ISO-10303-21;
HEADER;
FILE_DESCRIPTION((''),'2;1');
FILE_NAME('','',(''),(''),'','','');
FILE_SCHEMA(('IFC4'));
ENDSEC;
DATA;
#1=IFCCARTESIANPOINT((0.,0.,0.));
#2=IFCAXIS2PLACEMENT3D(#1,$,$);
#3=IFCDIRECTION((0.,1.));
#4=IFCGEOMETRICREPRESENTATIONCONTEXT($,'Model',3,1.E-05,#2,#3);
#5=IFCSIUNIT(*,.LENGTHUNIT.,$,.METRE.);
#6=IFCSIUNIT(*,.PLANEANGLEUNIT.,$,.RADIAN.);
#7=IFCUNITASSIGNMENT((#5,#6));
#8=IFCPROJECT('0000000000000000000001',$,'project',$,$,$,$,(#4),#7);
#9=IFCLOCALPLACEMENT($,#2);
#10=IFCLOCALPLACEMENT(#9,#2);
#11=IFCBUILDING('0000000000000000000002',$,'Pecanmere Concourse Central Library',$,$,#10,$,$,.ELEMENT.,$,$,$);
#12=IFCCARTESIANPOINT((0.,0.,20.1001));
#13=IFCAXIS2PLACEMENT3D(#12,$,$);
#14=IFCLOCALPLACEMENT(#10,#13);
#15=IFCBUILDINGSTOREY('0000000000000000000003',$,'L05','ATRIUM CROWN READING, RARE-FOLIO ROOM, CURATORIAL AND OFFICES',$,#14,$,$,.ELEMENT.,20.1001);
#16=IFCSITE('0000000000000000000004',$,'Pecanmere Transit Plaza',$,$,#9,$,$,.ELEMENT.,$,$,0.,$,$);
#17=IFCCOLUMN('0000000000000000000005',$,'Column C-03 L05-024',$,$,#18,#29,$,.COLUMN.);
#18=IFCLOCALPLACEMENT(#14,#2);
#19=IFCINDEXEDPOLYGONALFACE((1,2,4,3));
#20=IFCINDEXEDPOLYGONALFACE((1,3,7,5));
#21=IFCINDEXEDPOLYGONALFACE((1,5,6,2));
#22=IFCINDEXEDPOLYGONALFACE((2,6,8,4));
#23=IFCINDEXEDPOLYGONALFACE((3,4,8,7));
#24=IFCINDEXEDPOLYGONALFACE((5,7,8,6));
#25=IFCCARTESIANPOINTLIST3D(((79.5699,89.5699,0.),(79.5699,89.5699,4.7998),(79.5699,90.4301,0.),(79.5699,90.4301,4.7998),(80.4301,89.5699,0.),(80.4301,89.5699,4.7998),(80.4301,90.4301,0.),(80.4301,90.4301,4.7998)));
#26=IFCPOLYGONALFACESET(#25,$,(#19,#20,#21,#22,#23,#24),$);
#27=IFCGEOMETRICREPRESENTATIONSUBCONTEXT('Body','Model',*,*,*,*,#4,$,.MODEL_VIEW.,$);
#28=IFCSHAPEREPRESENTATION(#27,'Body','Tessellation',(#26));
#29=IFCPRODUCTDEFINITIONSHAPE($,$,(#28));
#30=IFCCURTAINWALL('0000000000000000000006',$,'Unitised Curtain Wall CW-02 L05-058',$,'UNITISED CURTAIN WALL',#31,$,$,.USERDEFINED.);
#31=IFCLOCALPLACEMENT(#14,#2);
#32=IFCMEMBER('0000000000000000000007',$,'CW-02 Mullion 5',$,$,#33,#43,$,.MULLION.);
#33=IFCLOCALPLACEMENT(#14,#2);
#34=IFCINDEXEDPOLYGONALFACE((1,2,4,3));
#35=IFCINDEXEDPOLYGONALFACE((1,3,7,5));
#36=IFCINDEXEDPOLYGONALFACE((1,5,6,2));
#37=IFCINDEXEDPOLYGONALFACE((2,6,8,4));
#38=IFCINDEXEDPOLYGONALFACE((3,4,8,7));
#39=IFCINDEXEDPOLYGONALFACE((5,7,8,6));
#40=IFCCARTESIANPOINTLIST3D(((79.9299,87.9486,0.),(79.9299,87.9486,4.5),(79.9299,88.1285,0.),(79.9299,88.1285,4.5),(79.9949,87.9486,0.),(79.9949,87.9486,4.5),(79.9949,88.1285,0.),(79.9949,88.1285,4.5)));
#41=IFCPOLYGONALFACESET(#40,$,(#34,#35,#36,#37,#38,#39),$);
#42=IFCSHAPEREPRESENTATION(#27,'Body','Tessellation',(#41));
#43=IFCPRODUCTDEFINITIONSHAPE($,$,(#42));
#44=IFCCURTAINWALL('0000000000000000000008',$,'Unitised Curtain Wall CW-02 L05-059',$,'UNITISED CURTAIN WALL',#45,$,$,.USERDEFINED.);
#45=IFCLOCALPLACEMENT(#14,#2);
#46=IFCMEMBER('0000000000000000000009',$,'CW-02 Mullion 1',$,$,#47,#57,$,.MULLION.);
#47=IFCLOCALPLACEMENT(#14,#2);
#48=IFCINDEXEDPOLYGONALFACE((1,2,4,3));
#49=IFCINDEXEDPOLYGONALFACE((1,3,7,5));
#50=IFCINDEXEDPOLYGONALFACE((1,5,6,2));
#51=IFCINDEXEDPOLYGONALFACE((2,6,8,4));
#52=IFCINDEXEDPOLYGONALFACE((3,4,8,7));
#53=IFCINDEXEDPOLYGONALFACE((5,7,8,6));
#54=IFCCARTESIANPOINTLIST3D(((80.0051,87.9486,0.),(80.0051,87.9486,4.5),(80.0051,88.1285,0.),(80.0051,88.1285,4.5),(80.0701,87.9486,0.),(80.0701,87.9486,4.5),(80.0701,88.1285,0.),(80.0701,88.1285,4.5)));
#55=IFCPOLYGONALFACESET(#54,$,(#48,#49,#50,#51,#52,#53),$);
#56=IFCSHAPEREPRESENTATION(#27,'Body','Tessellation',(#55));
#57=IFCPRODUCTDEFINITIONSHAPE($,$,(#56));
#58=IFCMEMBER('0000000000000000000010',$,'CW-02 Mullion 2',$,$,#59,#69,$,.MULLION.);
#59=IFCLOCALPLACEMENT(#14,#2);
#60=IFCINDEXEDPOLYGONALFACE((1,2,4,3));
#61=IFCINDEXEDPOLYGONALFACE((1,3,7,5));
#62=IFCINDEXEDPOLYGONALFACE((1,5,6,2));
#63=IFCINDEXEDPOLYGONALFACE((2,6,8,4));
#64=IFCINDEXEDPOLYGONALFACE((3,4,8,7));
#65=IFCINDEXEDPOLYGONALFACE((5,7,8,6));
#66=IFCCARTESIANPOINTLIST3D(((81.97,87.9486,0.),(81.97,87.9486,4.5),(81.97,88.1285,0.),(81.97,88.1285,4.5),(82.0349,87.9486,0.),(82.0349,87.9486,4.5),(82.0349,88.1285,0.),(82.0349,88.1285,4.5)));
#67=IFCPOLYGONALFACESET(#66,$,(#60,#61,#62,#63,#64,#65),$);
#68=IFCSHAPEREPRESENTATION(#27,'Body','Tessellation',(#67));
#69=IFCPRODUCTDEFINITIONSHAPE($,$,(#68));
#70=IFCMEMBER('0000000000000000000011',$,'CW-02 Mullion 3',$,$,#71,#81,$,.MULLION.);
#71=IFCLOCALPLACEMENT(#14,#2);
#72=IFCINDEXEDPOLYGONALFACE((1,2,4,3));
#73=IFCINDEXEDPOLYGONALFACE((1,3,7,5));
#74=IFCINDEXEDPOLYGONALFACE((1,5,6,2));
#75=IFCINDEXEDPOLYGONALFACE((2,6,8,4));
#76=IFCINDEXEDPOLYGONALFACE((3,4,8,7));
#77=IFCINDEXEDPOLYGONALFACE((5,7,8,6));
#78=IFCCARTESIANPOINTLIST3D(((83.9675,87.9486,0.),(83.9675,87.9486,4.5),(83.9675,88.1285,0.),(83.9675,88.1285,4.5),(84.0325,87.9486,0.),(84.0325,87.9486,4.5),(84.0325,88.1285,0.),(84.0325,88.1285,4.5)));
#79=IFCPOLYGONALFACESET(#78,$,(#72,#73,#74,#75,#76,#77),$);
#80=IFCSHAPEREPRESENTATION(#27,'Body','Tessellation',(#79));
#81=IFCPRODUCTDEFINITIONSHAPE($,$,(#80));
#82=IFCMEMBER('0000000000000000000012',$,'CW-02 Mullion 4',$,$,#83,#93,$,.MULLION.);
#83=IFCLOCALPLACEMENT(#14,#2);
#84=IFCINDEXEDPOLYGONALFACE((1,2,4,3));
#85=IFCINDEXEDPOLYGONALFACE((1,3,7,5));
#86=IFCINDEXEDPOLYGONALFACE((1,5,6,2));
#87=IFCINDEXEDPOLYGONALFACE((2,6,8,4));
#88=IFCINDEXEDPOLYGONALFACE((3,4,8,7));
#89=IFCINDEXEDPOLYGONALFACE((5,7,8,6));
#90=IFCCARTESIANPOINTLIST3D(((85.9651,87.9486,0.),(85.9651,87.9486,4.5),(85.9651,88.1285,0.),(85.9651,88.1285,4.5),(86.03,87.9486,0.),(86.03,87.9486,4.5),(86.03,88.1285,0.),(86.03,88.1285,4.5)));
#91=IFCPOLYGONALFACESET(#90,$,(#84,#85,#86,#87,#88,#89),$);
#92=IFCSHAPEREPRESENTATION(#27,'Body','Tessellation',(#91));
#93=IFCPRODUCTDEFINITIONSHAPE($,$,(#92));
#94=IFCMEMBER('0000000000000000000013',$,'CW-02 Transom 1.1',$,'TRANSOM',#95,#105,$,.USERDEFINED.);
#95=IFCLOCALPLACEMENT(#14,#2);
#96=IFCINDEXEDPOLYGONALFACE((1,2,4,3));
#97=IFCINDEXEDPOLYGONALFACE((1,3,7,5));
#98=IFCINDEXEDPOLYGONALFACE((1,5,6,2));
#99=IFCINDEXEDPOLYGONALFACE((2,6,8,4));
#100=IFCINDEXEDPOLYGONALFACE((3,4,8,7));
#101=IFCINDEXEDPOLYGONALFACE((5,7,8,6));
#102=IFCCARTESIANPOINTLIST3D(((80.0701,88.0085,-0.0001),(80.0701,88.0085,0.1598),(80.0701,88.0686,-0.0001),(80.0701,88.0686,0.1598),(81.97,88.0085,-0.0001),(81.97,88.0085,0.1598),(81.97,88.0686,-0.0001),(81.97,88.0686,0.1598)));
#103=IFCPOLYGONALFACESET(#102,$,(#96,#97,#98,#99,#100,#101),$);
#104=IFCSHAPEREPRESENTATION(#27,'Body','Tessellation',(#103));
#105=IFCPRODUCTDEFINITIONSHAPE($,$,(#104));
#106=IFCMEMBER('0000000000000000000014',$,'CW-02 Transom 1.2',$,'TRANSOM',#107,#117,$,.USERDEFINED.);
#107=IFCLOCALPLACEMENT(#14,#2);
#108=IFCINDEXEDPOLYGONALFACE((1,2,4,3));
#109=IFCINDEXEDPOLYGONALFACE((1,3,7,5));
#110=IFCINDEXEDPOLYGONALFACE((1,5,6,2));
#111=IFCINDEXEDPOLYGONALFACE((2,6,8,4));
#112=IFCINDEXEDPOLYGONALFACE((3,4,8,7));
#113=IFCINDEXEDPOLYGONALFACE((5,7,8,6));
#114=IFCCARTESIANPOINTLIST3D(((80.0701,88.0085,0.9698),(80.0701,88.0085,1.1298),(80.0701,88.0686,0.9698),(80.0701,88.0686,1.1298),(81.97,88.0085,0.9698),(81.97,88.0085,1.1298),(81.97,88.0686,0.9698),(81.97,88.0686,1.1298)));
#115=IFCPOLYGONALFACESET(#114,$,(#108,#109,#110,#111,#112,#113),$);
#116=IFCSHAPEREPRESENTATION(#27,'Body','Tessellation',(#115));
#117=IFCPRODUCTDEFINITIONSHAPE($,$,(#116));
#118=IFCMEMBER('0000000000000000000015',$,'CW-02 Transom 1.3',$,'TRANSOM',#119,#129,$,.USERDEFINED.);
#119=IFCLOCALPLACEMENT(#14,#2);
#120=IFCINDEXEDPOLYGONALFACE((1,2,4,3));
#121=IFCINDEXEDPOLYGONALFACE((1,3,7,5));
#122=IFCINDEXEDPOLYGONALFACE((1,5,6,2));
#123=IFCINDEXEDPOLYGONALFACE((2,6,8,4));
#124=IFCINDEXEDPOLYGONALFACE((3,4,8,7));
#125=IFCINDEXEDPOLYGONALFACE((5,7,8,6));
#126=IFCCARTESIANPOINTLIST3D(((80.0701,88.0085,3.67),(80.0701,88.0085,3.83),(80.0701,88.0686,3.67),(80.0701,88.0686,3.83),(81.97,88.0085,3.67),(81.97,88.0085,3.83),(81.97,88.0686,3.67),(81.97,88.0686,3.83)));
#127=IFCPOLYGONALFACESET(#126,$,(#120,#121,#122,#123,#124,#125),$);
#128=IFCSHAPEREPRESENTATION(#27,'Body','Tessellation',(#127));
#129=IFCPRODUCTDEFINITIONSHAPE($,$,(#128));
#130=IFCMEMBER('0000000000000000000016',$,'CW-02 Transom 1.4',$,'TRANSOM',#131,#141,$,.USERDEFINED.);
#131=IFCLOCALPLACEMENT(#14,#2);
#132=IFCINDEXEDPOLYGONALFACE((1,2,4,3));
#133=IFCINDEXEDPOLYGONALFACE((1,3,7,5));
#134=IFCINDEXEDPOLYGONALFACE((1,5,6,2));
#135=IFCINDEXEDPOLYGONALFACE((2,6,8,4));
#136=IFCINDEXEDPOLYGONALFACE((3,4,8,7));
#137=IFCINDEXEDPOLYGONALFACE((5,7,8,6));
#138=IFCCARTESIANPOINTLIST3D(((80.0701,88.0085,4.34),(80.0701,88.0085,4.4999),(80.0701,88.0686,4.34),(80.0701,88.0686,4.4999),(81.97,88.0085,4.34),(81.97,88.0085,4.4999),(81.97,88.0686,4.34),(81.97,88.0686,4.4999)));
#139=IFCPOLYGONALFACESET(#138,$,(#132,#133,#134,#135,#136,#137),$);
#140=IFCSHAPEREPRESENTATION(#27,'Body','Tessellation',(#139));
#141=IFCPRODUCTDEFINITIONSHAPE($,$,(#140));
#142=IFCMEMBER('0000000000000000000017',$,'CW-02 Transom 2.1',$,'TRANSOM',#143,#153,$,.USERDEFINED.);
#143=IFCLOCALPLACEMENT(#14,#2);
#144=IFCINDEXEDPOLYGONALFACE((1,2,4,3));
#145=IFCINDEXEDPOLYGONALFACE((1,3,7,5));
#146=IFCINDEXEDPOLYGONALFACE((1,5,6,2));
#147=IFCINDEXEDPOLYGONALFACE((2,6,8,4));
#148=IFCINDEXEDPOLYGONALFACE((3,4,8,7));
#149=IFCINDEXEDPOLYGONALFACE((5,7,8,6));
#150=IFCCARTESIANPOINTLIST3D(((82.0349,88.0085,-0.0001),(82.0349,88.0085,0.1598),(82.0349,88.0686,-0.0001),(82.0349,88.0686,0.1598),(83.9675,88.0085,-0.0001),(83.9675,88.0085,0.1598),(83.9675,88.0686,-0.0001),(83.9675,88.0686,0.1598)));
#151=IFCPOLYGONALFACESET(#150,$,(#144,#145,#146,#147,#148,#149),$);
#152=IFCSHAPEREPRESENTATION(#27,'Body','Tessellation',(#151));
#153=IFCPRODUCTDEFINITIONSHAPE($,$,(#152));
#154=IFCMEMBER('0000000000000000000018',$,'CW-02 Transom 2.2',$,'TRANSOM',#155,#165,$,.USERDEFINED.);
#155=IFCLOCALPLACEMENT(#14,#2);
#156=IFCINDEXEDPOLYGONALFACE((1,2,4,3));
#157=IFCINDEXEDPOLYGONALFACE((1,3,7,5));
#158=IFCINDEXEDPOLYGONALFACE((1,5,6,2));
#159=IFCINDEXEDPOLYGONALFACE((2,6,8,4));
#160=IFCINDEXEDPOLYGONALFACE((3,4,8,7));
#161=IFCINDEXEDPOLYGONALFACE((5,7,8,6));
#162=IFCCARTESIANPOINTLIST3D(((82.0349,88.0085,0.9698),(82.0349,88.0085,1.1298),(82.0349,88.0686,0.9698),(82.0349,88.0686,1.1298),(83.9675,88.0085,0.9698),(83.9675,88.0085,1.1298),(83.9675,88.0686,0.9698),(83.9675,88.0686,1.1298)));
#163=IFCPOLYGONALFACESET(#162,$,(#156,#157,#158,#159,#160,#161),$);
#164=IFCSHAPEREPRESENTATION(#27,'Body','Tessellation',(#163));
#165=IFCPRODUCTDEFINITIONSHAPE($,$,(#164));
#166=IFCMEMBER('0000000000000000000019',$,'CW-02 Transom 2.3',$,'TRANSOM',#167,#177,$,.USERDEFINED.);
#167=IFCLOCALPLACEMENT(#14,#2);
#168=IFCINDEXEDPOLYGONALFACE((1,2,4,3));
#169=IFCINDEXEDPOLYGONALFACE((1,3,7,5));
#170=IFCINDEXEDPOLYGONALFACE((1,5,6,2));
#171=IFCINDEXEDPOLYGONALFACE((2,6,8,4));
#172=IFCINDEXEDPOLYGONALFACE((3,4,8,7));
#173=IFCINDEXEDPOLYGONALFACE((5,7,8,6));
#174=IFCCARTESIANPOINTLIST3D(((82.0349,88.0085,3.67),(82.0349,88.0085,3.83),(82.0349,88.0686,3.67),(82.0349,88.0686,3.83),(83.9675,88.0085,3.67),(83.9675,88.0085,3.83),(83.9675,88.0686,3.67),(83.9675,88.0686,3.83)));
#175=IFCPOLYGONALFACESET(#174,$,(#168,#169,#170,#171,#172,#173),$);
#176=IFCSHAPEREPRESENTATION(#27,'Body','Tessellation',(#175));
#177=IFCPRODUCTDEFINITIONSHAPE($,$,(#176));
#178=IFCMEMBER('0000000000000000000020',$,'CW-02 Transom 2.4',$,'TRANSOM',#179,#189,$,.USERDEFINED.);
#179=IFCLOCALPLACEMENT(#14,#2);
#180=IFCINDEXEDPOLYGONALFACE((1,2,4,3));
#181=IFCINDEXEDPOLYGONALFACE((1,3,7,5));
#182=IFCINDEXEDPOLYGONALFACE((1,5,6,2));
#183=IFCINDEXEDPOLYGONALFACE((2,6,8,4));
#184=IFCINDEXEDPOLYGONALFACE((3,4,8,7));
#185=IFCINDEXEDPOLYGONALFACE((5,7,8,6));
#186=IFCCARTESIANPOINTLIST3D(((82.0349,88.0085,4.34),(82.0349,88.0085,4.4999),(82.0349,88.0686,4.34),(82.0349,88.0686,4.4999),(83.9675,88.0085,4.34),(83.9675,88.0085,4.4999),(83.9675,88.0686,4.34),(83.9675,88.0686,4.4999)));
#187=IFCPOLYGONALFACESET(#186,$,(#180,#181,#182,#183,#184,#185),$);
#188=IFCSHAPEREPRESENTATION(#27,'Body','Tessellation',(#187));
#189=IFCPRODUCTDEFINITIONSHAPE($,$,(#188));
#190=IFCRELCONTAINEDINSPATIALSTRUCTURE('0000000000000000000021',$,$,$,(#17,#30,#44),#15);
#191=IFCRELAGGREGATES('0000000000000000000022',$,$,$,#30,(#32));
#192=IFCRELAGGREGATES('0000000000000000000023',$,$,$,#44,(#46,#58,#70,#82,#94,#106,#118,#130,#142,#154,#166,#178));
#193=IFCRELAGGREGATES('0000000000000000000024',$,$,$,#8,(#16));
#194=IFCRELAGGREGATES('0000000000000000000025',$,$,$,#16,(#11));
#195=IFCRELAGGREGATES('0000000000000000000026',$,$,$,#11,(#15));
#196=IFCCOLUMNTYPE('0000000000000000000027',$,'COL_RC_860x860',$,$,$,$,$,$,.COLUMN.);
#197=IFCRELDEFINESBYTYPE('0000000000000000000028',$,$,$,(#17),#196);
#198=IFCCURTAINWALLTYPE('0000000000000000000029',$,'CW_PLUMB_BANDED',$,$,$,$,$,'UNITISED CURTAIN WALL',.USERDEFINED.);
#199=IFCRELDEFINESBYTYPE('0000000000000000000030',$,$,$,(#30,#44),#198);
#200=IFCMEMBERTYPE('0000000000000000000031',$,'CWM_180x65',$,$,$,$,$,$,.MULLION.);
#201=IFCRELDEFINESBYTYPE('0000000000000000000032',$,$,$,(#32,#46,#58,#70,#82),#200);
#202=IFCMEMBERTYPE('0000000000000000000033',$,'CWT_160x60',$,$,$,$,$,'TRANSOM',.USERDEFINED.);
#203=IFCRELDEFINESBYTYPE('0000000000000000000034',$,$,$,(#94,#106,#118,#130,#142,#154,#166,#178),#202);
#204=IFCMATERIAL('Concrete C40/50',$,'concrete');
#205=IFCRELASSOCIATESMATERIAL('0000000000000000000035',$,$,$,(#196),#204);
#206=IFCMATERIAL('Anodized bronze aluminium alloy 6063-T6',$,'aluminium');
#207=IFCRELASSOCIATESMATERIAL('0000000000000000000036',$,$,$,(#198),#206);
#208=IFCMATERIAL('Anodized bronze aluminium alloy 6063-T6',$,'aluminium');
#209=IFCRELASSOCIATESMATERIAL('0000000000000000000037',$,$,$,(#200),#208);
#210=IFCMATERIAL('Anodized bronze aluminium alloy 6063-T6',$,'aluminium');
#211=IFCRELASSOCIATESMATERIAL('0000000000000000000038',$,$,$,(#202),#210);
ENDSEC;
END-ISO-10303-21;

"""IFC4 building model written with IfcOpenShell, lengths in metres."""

from ifc_helpers import new_model, si_unit, direction, frame, origin, origin_2d, place, context, subcontext, project, spatial, rectangle, extrude, material, material_profile, profile_set, type_object, element, aggregate, save


model = new_model("IFC4")

# Units and contexts
model_context = context("Model", 3, precision=1e-05, world=origin(), true_north=direction((0.0, 1.0)))
body_context = subcontext(model_context, "Body", "Model", "MODEL_VIEW")
ifc_project = project(units=[si_unit("LENGTHUNIT", "METRE"), si_unit("PLANEANGLEUNIT", "RADIAN")], contexts=[model_context])

# Site, building, storey
site_placement = place(None, origin())
site = spatial("IfcSite", under=ifc_project, at=site_placement, Name="Pecanmere Transit Plaza", CompositionType="ELEMENT", RefElevation=0.0)
building_placement = place(site_placement, origin())
building = spatial("IfcBuilding", under=site, at=building_placement, Name="Pecanmere Concourse Central Library", CompositionType="ELEMENT")
storey_placement = place(building_placement, frame((0.0, 0.0, 20.1001)))
storey = spatial("IfcBuildingStorey", under=building, at=storey_placement, Name="L05", Description="ATRIUM CROWN READING, RARE-FOLIO ROOM, CURATORIAL AND OFFICES", CompositionType="ELEMENT", Elevation=20.1001)

# Column
ifc_material_1 = material(Name="Concrete C40/50", Category="concrete")
ifc_material_profile_1 = material_profile(ifc_material_1, rectangle(XDim=0.8601, YDim=0.8601, at=origin_2d()), Name="RC 860x860")
ifc_profile_set_1 = profile_set([ifc_material_profile_1], Name="Concrete C40/50")
column_type = type_object("IfcColumnType", Name="COL_RC_860x860", PredefinedType="COLUMN", material=ifc_profile_set_1)
column_placement = place(storey_placement, frame((80.0, 90.0, 0.0), z_axis=(0.0, 0.0, 1.0), x_axis=(1.0, 0.0, 0.0)))
element("IfcColumn", 1, at=column_placement, inside=storey, type_object=column_type, Name="Column C-03 L05-024", PredefinedType="COLUMN", context=body_context, shape_type="SweptSolid", body=[
    extrude(rectangle(XDim=0.8601, YDim=0.8601, at=origin_2d()), origin(), (0.0, 0.0, 1.0), 4.7998),
])

# Curtain wall, member
ifc_material_2 = material(Name="Anodized bronze aluminium alloy 6063-T6", Category="aluminium")
curtain_wall_type = type_object("IfcCurtainWallType", Name="CW_PLUMB_BANDED", ElementType="UNITISED CURTAIN WALL", PredefinedType="USERDEFINED", material=ifc_material_2)
curtain_wall_1_placement = place(storey_placement, origin())
curtain_wall_1 = element("IfcCurtainWall", 2, at=curtain_wall_1_placement, inside=storey, type_object=curtain_wall_type, Name="Unitised Curtain Wall CW-02 L05-058", ObjectType="UNITISED CURTAIN WALL", PredefinedType="USERDEFINED")
ifc_material_3 = material(Name="Anodized bronze aluminium alloy 6063-T6", Category="aluminium")
ifc_material_profile_2 = material_profile(ifc_material_3, rectangle(XDim=0.0649, YDim=0.1799, at=origin_2d()), Name="AL 65x180")
ifc_profile_set_2 = profile_set([ifc_material_profile_2], Name="Anodized bronze aluminium alloy 6063-T6")
member_type_1 = type_object("IfcMemberType", Name="CWM_180x65", PredefinedType="MULLION", material=ifc_profile_set_2)
member_1_placement = place(storey_placement, frame((79.9624, 88.0386, 0.0), z_axis=(0.0, 0.0, 1.0), x_axis=(1.0, 0.0, 0.0)))
member_1 = element("IfcMember", 3, at=member_1_placement, type_object=member_type_1, Name="CW-02 Mullion 5", PredefinedType="MULLION", context=body_context, shape_type="SweptSolid", body=[
    extrude(rectangle(XDim=0.0649, YDim=0.1799, at=origin_2d()), origin(), (0.0, 0.0, 1.0), 4.5),
])
aggregate(curtain_wall_1, [member_1])

# Curtain wall, members
curtain_wall_2_placement = place(storey_placement, origin())
curtain_wall_2 = element("IfcCurtainWall", 4, at=curtain_wall_2_placement, inside=storey, type_object=curtain_wall_type, Name="Unitised Curtain Wall CW-02 L05-059", ObjectType="UNITISED CURTAIN WALL", PredefinedType="USERDEFINED")
member_2_placement = place(storey_placement, frame((80.0376, 88.0386, 0.0), z_axis=(0.0, 0.0, 1.0), x_axis=(1.0, 0.0, 0.0)))
member_2 = element("IfcMember", 5, at=member_2_placement, type_object=member_type_1, Name="CW-02 Mullion 1", PredefinedType="MULLION", context=body_context, shape_type="SweptSolid", body=[
    extrude(rectangle(XDim=0.0649, YDim=0.1799, at=origin_2d()), origin(), (0.0, 0.0, 1.0), 4.5),
])
member_3_placement = place(storey_placement, frame((82.0024, 88.0386, 0.0), z_axis=(0.0, 0.0, 1.0), x_axis=(1.0, 0.0, 0.0)))
member_3 = element("IfcMember", 6, at=member_3_placement, type_object=member_type_1, Name="CW-02 Mullion 2", PredefinedType="MULLION", context=body_context, shape_type="SweptSolid", body=[
    extrude(rectangle(XDim=0.0649, YDim=0.1799, at=origin_2d()), origin(), (0.0, 0.0, 1.0), 4.5),
])
member_4_placement = place(storey_placement, frame((84.0, 88.0386, 0.0), z_axis=(0.0, 0.0, 1.0), x_axis=(1.0, 0.0, 0.0)))
member_4 = element("IfcMember", 7, at=member_4_placement, type_object=member_type_1, Name="CW-02 Mullion 3", PredefinedType="MULLION", context=body_context, shape_type="SweptSolid", body=[
    extrude(rectangle(XDim=0.0649, YDim=0.1799, at=origin_2d()), origin(), (0.0, 0.0, 1.0), 4.5),
])
member_5_placement = place(storey_placement, frame((85.9976, 88.0386, 0.0), z_axis=(0.0, 0.0, 1.0), x_axis=(1.0, 0.0, 0.0)))
member_5 = element("IfcMember", 8, at=member_5_placement, type_object=member_type_1, Name="CW-02 Mullion 4", PredefinedType="MULLION", context=body_context, shape_type="SweptSolid", body=[
    extrude(rectangle(XDim=0.0649, YDim=0.1799, at=origin_2d()), origin(), (0.0, 0.0, 1.0), 4.5),
])
ifc_material_4 = material(Name="Anodized bronze aluminium alloy 6063-T6", Category="aluminium")
ifc_material_profile_3 = material_profile(ifc_material_4, rectangle(XDim=0.0601, YDim=0.1599, at=origin_2d()), Name="AL 60x160")
ifc_profile_set_3 = profile_set([ifc_material_profile_3], Name="Anodized bronze aluminium alloy 6063-T6")
member_type_2 = type_object("IfcMemberType", Name="CWT_160x60", ElementType="TRANSOM", PredefinedType="USERDEFINED", material=ifc_profile_set_3)
member_6_placement = place(storey_placement, frame((80.0701, 88.0386, 0.0798), z_axis=(1.0, 0.0, 0.0), x_axis=(0.0, 1.0, 0.0)))
member_6 = element("IfcMember", 9, at=member_6_placement, type_object=member_type_2, Name="CW-02 Transom 1.1", ObjectType="TRANSOM", PredefinedType="USERDEFINED", context=body_context, shape_type="SweptSolid", body=[
    extrude(rectangle(XDim=0.0601, YDim=0.1599, at=origin_2d()), origin(), (0.0, 0.0, 1.0), 1.8999),
])
member_7_placement = place(storey_placement, frame((80.0701, 88.0386, 1.0498), z_axis=(1.0, 0.0, 0.0), x_axis=(0.0, 1.0, 0.0)))
member_7 = element("IfcMember", 10, at=member_7_placement, type_object=member_type_2, Name="CW-02 Transom 1.2", ObjectType="TRANSOM", PredefinedType="USERDEFINED", context=body_context, shape_type="SweptSolid", body=[
    extrude(rectangle(XDim=0.0601, YDim=0.1599, at=origin_2d()), origin(), (0.0, 0.0, 1.0), 1.8999),
])
member_8_placement = place(storey_placement, frame((80.0701, 88.0386, 3.75), z_axis=(1.0, 0.0, 0.0), x_axis=(0.0, 1.0, 0.0)))
member_8 = element("IfcMember", 11, at=member_8_placement, type_object=member_type_2, Name="CW-02 Transom 1.3", ObjectType="TRANSOM", PredefinedType="USERDEFINED", context=body_context, shape_type="SweptSolid", body=[
    extrude(rectangle(XDim=0.0601, YDim=0.1599, at=origin_2d()), origin(), (0.0, 0.0, 1.0), 1.8999),
])
member_9_placement = place(storey_placement, frame((80.0701, 88.0386, 4.4199), z_axis=(1.0, 0.0, 0.0), x_axis=(0.0, 1.0, 0.0)))
member_9 = element("IfcMember", 12, at=member_9_placement, type_object=member_type_2, Name="CW-02 Transom 1.4", ObjectType="TRANSOM", PredefinedType="USERDEFINED", context=body_context, shape_type="SweptSolid", body=[
    extrude(rectangle(XDim=0.0601, YDim=0.1599, at=origin_2d()), origin(), (0.0, 0.0, 1.0), 1.8999),
])
member_10_placement = place(storey_placement, frame((82.0349, 88.0386, 0.0798), z_axis=(1.0, 0.0, 0.0), x_axis=(0.0, 1.0, 0.0)))
member_10 = element("IfcMember", 13, at=member_10_placement, type_object=member_type_2, Name="CW-02 Transom 2.1", ObjectType="TRANSOM", PredefinedType="USERDEFINED", context=body_context, shape_type="SweptSolid", body=[
    extrude(rectangle(XDim=0.0601, YDim=0.1599, at=origin_2d()), origin(), (0.0, 0.0, 1.0), 1.9326),
])
member_11_placement = place(storey_placement, frame((82.0349, 88.0386, 1.0498), z_axis=(1.0, 0.0, 0.0), x_axis=(0.0, 1.0, 0.0)))
member_11 = element("IfcMember", 14, at=member_11_placement, type_object=member_type_2, Name="CW-02 Transom 2.2", ObjectType="TRANSOM", PredefinedType="USERDEFINED", context=body_context, shape_type="SweptSolid", body=[
    extrude(rectangle(XDim=0.0601, YDim=0.1599, at=origin_2d()), origin(), (0.0, 0.0, 1.0), 1.9326),
])
member_12_placement = place(storey_placement, frame((82.0349, 88.0386, 3.75), z_axis=(1.0, 0.0, 0.0), x_axis=(0.0, 1.0, 0.0)))
member_12 = element("IfcMember", 15, at=member_12_placement, type_object=member_type_2, Name="CW-02 Transom 2.3", ObjectType="TRANSOM", PredefinedType="USERDEFINED", context=body_context, shape_type="SweptSolid", body=[
    extrude(rectangle(XDim=0.0601, YDim=0.1599, at=origin_2d()), origin(), (0.0, 0.0, 1.0), 1.9326),
])
member_13_placement = place(storey_placement, frame((82.0349, 88.0386, 4.4199), z_axis=(1.0, 0.0, 0.0), x_axis=(0.0, 1.0, 0.0)))
member_13 = element("IfcMember", 16, at=member_13_placement, type_object=member_type_2, Name="CW-02 Transom 2.4", ObjectType="TRANSOM", PredefinedType="USERDEFINED", context=body_context, shape_type="SweptSolid", body=[
    extrude(rectangle(XDim=0.0601, YDim=0.1599, at=origin_2d()), origin(), (0.0, 0.0, 1.0), 1.9326),
])

aggregate(curtain_wall_2, [member_2, member_3, member_4, member_5, member_6, member_7, member_8, member_9, member_10, member_11, member_12, member_13])

save(model, "model.ifc")
